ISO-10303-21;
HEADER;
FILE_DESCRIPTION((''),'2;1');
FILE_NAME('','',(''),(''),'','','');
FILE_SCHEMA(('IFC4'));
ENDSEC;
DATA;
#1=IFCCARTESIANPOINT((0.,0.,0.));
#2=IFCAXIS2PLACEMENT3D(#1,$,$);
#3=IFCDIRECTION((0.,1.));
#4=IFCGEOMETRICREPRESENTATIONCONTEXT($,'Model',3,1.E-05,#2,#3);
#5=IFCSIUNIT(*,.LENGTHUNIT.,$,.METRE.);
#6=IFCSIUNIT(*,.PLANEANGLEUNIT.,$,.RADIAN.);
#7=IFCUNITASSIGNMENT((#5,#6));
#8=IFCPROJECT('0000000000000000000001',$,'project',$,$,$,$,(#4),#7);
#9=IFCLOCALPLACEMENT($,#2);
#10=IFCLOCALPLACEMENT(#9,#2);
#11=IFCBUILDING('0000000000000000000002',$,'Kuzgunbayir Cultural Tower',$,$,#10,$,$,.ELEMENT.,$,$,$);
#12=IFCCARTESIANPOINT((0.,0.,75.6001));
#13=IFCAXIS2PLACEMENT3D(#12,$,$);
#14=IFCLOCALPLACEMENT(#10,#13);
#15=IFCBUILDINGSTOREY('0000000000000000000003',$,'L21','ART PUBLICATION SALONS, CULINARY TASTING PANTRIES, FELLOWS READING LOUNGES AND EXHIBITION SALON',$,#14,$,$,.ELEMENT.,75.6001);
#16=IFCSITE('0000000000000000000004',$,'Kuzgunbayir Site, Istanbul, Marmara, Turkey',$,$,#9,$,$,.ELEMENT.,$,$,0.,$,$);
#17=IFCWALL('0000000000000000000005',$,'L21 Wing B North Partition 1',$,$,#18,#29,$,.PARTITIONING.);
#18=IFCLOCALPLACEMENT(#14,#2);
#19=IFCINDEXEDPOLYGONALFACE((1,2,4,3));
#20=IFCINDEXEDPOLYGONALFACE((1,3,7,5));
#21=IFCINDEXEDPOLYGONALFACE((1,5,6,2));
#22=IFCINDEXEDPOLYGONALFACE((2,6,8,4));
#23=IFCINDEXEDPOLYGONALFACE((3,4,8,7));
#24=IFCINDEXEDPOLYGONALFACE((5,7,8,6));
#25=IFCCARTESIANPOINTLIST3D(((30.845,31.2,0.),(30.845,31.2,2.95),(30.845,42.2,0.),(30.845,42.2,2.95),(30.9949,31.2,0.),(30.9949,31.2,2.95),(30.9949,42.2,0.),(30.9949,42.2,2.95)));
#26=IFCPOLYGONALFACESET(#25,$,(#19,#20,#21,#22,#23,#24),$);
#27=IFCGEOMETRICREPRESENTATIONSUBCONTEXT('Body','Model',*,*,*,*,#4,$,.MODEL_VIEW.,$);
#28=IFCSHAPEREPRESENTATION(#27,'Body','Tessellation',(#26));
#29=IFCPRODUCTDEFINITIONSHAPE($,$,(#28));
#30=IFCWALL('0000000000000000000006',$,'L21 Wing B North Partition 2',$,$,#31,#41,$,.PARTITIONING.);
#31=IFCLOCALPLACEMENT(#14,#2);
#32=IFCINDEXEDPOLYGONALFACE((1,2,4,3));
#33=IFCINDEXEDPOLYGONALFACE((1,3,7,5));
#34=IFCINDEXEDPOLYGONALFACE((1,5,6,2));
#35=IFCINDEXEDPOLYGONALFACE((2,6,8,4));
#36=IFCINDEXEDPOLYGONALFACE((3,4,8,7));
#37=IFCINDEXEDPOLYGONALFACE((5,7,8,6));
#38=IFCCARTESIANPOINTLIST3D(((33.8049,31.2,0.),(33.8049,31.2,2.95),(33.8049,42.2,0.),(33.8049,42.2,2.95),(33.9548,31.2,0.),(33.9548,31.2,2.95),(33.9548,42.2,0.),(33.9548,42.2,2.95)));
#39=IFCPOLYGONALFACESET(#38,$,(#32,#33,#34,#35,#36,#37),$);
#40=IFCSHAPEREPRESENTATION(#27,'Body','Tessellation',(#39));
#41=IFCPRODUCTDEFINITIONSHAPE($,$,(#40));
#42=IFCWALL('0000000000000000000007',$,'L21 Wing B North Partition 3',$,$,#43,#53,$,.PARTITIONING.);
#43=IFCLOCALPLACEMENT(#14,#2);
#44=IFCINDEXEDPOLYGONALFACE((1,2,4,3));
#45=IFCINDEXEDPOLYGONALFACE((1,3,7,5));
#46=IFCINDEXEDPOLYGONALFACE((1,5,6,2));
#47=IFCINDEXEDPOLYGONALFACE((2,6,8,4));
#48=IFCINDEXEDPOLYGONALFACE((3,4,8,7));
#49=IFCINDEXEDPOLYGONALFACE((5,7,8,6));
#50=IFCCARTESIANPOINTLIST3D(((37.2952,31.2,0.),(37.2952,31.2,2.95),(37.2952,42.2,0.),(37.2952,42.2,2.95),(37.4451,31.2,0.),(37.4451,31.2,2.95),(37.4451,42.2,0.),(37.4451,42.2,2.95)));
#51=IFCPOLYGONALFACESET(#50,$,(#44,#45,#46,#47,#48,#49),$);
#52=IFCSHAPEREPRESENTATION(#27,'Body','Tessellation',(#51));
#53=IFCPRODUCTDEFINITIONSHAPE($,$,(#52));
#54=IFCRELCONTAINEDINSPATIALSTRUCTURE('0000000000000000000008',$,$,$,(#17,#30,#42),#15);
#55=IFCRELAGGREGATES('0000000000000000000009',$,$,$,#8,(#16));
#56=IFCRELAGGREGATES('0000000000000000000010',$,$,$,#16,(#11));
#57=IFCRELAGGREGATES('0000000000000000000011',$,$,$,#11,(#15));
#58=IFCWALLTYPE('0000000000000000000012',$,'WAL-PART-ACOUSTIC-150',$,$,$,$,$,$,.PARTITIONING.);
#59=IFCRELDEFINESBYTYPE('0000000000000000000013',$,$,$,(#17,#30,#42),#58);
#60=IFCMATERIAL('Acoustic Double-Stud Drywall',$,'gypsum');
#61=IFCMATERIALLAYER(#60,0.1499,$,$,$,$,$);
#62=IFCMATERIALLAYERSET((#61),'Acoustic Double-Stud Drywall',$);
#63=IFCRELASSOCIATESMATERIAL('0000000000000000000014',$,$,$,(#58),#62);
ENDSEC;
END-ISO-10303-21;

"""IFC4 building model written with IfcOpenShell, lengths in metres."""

from ifc_helpers import new_model, si_unit, direction, frame, frame_2d, origin, place, context, subcontext, project, spatial, rectangle, extrude, material, layer, layer_set, type_object, element, save


model = new_model("IFC4")

# Units and contexts
model_context = context("Model", 3, precision=1e-05, world=origin(), true_north=direction((0.0, 1.0)))
body_context = subcontext(model_context, "Body", "Model", "MODEL_VIEW")
ifc_project = project(units=[si_unit("LENGTHUNIT", "METRE"), si_unit("PLANEANGLEUNIT", "RADIAN")], contexts=[model_context])

# Site, building, storey
site_placement = place(None, origin())
site = spatial("IfcSite", under=ifc_project, at=site_placement, Name="Kuzgunbayir Site, Istanbul, Marmara, Turkey", CompositionType="ELEMENT", RefElevation=0.0)
building_placement = place(site_placement, origin())
building = spatial("IfcBuilding", under=site, at=building_placement, Name="Kuzgunbayir Cultural Tower", CompositionType="ELEMENT")
storey_placement = place(building_placement, frame((0.0, 0.0, 75.6001)))
storey = spatial("IfcBuildingStorey", under=building, at=storey_placement, Name="L21", Description="ART PUBLICATION SALONS, CULINARY TASTING PANTRIES, FELLOWS READING LOUNGES AND EXHIBITION SALON", CompositionType="ELEMENT", Elevation=75.6001)

# Walls
ifc_material_1 = material(Name="Acoustic Double-Stud Drywall", Category="gypsum")
ifc_layer = layer(ifc_material_1, 0.1499)
ifc_layer_set = layer_set([ifc_layer], Name="Acoustic Double-Stud Drywall")
wall_type = type_object("IfcWallType", Name="WAL-PART-ACOUSTIC-150", PredefinedType="PARTITIONING", material=ifc_layer_set)
for number, where, z_axis, x_axis, name in (
    (1, (30.9199, 31.2, 0.0), (0.0, 0.0, 1.0), (0.0, 1.0, 0.0), "L21 Wing B North Partition 1"),
    (2, (33.8799, 31.2, 0.0), (0.0, 0.0, 1.0), (0.0, 1.0, 0.0), "L21 Wing B North Partition 2"),
    (3, (37.3701, 31.2, 0.0), (0.0, 0.0, 1.0), (0.0, 1.0, 0.0), "L21 Wing B North Partition 3"),
):
    element("IfcWall", number, at=place(storey_placement, frame(where, z_axis=z_axis, x_axis=x_axis)), inside=storey, type_object=wall_type, Name=name, PredefinedType="PARTITIONING", context=body_context, shape_type="SweptSolid", body=[
        extrude(rectangle(XDim=11.0, YDim=0.1499, at=frame_2d((5.5, 0.0))), origin(), (0.0, 0.0, 1.0), 2.95),
    ])

save(model, "model.ifc")
